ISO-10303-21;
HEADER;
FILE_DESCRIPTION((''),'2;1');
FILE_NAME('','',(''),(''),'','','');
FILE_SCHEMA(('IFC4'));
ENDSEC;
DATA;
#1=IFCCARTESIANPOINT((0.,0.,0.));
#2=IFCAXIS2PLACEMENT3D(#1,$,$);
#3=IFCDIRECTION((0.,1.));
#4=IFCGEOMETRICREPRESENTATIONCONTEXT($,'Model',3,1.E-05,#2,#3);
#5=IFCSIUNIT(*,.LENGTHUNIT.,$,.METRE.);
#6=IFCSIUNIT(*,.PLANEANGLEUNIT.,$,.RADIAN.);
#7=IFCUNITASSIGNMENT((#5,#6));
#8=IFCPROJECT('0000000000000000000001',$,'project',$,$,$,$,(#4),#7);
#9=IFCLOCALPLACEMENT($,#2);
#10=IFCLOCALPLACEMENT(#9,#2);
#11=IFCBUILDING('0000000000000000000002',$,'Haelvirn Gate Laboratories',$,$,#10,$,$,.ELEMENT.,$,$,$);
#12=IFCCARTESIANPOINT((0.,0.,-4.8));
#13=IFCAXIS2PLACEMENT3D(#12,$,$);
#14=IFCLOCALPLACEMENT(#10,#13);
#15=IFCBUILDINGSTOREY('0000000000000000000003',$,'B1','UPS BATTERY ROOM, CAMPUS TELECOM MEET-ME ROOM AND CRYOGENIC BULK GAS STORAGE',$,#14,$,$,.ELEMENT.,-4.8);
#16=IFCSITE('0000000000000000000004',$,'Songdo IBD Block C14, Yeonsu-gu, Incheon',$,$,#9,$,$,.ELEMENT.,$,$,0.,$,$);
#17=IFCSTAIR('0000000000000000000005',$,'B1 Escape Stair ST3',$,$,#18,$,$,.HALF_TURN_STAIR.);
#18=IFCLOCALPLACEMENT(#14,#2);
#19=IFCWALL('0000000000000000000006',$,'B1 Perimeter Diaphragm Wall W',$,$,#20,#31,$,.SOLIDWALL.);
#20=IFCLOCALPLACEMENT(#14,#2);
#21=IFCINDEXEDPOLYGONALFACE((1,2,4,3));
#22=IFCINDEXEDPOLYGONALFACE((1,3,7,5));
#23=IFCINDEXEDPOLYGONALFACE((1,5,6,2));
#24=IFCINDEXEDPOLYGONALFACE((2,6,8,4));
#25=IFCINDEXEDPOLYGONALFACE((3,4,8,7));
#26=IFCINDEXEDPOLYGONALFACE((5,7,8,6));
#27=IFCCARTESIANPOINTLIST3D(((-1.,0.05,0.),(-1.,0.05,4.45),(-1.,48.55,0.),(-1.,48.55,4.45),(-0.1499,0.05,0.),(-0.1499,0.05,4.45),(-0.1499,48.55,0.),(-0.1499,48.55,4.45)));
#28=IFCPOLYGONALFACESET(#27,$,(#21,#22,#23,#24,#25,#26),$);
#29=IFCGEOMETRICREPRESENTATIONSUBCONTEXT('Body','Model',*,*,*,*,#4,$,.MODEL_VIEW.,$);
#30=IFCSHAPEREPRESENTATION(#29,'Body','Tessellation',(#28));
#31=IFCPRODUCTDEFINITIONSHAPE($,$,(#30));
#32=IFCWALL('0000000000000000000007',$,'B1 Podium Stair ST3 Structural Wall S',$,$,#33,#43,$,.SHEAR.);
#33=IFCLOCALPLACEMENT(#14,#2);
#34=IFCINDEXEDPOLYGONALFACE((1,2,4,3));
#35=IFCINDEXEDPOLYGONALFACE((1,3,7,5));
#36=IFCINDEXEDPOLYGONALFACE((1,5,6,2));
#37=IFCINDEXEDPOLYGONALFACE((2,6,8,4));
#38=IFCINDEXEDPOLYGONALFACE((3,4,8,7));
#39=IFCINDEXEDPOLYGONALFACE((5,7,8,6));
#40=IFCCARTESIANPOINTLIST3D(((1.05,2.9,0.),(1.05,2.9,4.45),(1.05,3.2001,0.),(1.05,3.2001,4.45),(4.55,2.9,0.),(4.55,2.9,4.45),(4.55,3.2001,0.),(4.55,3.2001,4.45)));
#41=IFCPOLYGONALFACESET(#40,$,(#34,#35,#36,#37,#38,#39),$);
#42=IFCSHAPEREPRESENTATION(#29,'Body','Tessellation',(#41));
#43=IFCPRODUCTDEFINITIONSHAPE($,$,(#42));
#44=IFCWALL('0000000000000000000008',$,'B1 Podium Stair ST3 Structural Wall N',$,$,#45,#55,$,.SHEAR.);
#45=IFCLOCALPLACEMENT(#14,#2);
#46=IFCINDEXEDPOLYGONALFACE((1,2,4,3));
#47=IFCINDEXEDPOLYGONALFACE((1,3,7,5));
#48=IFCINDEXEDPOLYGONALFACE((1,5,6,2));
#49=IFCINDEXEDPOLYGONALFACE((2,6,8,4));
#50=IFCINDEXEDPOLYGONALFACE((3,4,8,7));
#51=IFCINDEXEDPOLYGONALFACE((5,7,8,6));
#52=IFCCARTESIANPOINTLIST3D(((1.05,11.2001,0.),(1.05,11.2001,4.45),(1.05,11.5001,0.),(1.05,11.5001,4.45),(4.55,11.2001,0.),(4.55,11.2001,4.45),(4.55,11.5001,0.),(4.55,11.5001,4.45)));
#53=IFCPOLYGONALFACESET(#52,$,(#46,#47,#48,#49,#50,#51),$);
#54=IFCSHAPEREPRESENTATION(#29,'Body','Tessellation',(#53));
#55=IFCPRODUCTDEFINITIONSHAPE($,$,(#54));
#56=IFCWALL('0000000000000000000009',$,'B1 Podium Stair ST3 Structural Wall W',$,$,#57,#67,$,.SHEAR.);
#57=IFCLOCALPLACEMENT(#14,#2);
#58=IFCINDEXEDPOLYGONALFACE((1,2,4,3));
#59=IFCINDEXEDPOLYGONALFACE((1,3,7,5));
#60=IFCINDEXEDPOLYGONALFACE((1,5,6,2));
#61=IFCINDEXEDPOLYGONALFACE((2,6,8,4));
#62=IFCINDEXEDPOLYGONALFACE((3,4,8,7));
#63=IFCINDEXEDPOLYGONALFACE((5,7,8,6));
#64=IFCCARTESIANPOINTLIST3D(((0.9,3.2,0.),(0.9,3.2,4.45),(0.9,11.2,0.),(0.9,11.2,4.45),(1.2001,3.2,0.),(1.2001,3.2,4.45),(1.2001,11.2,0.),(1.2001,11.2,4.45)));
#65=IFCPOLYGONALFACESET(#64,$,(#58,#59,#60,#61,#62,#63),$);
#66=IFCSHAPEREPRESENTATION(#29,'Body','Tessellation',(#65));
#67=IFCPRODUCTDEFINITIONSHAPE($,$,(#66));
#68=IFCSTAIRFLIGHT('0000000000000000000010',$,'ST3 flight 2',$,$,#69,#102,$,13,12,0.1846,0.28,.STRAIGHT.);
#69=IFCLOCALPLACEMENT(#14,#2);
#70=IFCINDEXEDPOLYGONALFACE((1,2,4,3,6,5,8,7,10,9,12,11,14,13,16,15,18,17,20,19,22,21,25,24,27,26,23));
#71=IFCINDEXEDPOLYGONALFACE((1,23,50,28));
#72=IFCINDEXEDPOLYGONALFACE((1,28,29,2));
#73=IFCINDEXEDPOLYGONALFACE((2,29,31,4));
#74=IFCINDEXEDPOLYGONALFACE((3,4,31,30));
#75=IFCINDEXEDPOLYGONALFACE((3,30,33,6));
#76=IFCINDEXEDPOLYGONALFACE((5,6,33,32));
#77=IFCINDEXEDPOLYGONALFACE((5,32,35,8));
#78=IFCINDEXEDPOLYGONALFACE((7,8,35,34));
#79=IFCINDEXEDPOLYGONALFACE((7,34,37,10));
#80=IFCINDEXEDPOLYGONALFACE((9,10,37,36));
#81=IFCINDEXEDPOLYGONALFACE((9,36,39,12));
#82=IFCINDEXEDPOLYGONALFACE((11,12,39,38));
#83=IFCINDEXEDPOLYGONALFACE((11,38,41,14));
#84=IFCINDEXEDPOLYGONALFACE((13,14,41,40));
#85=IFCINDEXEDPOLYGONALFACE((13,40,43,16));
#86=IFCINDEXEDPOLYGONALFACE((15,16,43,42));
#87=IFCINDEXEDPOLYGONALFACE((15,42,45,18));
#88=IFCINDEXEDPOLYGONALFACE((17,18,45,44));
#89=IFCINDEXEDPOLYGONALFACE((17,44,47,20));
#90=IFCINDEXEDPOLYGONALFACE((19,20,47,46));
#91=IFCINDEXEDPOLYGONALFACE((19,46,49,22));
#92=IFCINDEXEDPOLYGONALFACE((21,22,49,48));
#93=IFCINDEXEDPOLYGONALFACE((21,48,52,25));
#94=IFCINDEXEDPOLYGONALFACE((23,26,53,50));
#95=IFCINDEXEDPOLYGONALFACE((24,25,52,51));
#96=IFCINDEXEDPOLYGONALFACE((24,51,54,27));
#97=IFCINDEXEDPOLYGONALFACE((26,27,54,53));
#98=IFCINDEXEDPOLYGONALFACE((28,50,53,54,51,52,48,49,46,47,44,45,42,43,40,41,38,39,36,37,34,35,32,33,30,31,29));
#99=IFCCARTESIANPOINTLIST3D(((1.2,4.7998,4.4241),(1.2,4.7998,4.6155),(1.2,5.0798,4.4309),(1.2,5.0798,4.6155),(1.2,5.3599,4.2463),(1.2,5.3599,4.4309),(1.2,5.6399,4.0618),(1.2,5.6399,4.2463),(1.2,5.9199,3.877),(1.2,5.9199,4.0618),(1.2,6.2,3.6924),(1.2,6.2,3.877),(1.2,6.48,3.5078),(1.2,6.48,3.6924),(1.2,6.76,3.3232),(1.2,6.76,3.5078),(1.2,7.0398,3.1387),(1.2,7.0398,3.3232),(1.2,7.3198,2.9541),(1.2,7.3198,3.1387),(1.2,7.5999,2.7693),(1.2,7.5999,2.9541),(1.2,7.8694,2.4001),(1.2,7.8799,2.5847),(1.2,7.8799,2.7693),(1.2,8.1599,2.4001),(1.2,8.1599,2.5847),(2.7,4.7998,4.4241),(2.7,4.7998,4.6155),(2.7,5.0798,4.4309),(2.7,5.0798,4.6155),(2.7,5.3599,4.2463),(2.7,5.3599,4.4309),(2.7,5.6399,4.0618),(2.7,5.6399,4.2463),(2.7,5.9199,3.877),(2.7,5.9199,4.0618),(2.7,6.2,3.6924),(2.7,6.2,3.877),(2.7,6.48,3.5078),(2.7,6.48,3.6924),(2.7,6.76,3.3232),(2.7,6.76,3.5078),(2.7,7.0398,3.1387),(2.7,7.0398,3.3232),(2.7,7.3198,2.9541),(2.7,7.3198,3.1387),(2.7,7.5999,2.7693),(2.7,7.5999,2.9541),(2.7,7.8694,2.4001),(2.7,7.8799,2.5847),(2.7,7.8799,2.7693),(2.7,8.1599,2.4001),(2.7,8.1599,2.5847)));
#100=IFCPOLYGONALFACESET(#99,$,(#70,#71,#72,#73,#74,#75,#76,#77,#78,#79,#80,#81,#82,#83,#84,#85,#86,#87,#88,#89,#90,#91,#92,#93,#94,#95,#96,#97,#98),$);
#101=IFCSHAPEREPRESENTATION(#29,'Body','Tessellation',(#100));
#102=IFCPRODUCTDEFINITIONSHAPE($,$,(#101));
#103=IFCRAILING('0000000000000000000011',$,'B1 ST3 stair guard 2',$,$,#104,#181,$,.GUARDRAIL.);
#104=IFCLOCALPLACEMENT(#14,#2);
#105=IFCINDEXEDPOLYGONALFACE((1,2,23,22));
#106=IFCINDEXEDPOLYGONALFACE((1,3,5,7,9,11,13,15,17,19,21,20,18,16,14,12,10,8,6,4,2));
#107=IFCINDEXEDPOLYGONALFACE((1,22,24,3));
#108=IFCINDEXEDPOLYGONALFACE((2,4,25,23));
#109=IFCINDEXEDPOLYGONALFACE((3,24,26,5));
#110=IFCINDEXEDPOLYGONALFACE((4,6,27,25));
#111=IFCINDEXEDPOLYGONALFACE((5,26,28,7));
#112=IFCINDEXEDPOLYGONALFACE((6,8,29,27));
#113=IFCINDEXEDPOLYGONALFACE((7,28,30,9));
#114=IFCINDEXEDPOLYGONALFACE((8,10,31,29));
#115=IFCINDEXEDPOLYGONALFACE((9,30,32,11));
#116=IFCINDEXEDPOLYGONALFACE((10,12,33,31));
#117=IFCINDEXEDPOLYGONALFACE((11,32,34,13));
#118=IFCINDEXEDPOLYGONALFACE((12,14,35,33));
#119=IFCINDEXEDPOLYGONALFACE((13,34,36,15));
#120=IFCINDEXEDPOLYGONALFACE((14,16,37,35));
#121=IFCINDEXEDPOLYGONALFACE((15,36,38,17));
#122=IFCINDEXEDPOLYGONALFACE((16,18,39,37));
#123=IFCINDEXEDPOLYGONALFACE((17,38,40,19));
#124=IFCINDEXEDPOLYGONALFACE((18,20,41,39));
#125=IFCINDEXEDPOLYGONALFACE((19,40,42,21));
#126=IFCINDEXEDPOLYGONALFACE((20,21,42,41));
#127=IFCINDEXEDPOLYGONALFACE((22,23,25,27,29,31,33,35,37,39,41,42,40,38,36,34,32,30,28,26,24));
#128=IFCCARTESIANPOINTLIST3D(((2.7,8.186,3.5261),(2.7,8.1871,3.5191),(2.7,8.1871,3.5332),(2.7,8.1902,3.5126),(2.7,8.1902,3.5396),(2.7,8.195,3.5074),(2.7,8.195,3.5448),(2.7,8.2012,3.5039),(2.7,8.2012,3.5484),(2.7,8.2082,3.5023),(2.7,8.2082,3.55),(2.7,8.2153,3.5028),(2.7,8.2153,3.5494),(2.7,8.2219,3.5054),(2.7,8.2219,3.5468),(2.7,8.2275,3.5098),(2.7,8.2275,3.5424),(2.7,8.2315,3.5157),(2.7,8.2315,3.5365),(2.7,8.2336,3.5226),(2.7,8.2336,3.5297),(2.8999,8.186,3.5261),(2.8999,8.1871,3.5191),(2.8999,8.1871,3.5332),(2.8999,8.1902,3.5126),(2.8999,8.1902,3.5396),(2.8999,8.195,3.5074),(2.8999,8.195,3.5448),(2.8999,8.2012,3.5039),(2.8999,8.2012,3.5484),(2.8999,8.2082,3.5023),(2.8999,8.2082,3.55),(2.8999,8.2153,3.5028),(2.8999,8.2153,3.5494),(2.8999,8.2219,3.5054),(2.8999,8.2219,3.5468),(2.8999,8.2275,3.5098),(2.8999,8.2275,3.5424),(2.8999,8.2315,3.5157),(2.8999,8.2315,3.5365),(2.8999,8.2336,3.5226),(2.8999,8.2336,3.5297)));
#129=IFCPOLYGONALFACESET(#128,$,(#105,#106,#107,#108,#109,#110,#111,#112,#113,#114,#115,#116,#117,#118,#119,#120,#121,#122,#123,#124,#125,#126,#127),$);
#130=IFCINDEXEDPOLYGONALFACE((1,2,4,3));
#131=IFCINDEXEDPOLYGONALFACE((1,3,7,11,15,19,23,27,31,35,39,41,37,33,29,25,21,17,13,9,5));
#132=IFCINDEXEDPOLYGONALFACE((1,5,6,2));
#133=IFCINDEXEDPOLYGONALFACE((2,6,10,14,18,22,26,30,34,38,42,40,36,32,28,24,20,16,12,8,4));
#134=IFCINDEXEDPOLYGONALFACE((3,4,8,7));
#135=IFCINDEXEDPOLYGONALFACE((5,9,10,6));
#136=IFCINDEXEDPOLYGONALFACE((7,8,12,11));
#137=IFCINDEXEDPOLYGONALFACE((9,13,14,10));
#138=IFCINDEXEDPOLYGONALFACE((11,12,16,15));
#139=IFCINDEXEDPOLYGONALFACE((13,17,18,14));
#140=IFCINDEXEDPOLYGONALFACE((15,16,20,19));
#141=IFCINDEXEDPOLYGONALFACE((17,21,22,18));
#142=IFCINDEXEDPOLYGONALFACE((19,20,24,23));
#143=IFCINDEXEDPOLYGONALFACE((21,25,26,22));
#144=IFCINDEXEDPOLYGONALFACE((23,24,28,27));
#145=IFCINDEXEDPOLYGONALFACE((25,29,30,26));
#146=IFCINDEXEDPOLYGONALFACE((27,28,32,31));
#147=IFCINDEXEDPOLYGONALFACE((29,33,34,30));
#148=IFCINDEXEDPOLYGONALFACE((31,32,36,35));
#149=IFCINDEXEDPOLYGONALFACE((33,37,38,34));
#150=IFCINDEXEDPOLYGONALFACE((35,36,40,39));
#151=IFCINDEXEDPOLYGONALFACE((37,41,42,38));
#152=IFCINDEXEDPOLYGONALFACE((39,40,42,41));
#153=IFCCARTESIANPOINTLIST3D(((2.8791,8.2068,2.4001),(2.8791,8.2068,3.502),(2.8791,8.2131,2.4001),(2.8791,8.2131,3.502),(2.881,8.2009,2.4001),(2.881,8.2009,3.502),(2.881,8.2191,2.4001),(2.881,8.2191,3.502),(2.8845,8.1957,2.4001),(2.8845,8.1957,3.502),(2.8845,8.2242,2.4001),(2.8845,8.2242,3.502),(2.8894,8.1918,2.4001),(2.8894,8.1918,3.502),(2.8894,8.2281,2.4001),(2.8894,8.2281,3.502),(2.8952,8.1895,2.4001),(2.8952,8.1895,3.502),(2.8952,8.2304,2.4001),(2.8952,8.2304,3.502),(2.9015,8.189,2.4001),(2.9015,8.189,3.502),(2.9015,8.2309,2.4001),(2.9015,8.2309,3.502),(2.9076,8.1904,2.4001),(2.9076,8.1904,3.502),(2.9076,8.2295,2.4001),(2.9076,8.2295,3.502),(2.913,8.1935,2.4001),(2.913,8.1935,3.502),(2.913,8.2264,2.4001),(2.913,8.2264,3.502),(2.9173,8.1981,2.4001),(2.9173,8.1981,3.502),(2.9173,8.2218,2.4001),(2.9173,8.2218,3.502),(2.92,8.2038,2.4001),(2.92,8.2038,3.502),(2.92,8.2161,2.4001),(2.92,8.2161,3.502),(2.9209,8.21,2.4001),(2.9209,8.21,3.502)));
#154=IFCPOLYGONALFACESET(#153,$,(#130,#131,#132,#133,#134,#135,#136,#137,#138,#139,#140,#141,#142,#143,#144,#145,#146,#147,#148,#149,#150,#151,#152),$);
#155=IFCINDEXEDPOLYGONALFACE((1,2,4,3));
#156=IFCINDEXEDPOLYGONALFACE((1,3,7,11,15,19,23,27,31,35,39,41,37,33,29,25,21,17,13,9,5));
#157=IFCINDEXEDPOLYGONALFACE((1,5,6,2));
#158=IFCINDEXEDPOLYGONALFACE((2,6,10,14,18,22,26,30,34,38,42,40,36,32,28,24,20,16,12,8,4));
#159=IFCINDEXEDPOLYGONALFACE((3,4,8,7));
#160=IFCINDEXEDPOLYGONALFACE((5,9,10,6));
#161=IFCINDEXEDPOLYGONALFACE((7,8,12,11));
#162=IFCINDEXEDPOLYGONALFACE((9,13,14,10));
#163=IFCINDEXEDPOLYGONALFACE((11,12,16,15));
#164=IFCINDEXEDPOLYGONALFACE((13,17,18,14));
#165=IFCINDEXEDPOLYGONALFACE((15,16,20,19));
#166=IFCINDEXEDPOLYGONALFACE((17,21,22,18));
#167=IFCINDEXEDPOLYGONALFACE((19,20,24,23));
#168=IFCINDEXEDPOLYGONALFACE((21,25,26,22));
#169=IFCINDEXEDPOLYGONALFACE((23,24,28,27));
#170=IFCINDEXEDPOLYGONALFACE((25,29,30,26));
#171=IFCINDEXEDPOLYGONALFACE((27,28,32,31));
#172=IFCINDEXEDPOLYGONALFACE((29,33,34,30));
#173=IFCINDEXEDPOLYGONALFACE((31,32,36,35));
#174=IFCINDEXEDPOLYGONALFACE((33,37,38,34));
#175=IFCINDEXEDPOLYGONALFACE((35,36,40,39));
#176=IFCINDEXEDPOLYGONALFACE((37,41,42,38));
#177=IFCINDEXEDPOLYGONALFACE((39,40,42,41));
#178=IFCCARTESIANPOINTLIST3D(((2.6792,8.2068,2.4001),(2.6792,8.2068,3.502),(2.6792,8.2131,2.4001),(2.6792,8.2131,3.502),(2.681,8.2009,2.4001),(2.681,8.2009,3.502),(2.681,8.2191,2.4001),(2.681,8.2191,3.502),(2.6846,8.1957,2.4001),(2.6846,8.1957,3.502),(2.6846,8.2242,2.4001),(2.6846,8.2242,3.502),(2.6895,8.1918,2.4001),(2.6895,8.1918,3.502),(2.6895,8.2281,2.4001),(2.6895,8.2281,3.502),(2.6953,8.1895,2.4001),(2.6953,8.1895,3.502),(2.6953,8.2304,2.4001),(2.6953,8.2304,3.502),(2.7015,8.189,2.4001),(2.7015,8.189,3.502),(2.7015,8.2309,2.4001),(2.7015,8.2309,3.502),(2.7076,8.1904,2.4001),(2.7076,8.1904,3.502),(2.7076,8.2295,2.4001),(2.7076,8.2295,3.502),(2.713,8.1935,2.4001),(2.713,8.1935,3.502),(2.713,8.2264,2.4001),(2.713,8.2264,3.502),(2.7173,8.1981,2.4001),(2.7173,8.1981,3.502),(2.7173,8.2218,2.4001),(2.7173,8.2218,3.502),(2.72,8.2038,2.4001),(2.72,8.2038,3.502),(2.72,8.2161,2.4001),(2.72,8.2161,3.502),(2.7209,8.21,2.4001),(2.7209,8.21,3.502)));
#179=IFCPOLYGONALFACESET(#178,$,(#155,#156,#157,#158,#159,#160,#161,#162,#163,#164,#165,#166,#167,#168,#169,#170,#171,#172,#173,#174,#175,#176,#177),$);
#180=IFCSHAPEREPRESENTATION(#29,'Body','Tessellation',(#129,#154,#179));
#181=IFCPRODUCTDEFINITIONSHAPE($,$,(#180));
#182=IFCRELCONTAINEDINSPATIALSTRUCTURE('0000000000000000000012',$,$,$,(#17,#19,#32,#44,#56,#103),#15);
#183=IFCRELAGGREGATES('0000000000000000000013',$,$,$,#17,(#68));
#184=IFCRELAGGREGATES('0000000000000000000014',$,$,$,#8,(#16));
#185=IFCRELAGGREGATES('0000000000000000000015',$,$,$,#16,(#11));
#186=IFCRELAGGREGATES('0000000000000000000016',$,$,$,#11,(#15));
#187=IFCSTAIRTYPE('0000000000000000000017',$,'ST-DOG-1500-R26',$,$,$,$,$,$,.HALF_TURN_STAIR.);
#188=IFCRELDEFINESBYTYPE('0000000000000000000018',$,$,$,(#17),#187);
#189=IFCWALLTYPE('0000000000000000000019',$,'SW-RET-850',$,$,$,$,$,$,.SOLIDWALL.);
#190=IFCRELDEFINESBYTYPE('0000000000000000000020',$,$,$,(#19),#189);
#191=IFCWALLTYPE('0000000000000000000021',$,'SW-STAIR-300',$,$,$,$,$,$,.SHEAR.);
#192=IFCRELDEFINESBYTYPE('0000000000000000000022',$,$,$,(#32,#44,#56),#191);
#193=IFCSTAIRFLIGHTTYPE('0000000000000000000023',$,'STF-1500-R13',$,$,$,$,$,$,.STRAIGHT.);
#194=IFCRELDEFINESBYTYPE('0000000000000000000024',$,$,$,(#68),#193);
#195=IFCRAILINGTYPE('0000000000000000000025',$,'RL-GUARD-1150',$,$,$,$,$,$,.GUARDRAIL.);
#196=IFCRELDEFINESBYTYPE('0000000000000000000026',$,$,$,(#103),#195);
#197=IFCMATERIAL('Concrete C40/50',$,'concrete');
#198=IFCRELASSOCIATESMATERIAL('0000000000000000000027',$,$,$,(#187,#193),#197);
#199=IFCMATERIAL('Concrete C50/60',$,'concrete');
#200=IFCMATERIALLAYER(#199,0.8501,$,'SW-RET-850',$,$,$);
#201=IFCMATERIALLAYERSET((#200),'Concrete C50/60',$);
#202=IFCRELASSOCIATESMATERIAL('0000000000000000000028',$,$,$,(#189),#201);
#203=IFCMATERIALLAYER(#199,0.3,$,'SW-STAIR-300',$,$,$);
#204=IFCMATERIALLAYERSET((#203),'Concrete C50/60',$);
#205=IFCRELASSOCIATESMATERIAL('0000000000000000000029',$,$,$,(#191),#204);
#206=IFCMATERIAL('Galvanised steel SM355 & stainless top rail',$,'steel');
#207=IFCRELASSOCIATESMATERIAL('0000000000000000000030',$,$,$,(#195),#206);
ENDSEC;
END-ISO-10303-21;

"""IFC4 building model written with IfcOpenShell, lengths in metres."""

from ifc_helpers import new_model, si_unit, direction, frame, frame_2d, origin, origin_2d, place, context, subcontext, project, spatial, polyline, rectangle, circle, outline, extrude, source, transform, mapped, material, layer, layer_set, type_object, type_shapes, element, aggregate, save


model = new_model("IFC4")

# Units and contexts
model_context = context("Model", 3, precision=1e-05, world=origin(), true_north=direction((0.0, 1.0)))
body_context = subcontext(model_context, "Body", "Model", "MODEL_VIEW")
ifc_project = project(units=[si_unit("LENGTHUNIT", "METRE"), si_unit("PLANEANGLEUNIT", "RADIAN")], contexts=[model_context])

# Site, building, storey
site_placement = place(None, origin())
site = spatial("IfcSite", under=ifc_project, at=site_placement, Name="Songdo IBD Block C14, Yeonsu-gu, Incheon", CompositionType="ELEMENT", RefElevation=0.0)
building_placement = place(site_placement, origin())
building = spatial("IfcBuilding", under=site, at=building_placement, Name="Haelvirn Gate Laboratories", CompositionType="ELEMENT")
storey_placement = place(building_placement, frame((0.0, 0.0, -4.8)))
storey = spatial("IfcBuildingStorey", under=building, at=storey_placement, Name="B1", Description="UPS BATTERY ROOM, CAMPUS TELECOM MEET-ME ROOM AND CRYOGENIC BULK GAS STORAGE", CompositionType="ELEMENT", Elevation=-4.8)

# Stair
ifc_material_1 = material(Name="Concrete C40/50", Category="concrete")
stair_type_1 = type_object("IfcStairType", Name="ST-DOG-1500-R26", PredefinedType="HALF_TURN_STAIR", material=ifc_material_1)
stair_1_placement = place(storey_placement, origin())
stair_1 = element("IfcStair", 1, at=stair_1_placement, inside=storey, type_object=stair_type_1, Name="B1 Escape Stair ST3", PredefinedType="HALF_TURN_STAIR")

# Shared definitions
ifc_material_2 = material(Name="Concrete C50/60", Category="concrete")

# Walls
ifc_layer_1 = layer(ifc_material_2, 0.8501, Name="SW-RET-850")
ifc_layer_set_1 = layer_set([ifc_layer_1], Name="Concrete C50/60")
wall_type_1 = type_object("IfcWallType", Name="SW-RET-850", PredefinedType="SOLIDWALL", material=ifc_layer_set_1)
wall_1_placement = place(storey_placement, frame((-0.575, 0.05, 0.0), z_axis=(0.0, 0.0, 1.0), x_axis=(0.0, 1.0, 0.0)))
element("IfcWall", 2, at=wall_1_placement, inside=storey, type_object=wall_type_1, Name="B1 Perimeter Diaphragm Wall W", PredefinedType="SOLIDWALL", context=body_context, shape_type="SweptSolid", body=[
    extrude(rectangle(XDim=48.5, YDim=0.8501, at=frame_2d((24.25, 0.0))), origin(), (0.0, 0.0, 1.0), 4.45),
])
ifc_layer_2 = layer(ifc_material_2, 0.3, Name="SW-STAIR-300")
ifc_layer_set_2 = layer_set([ifc_layer_2], Name="Concrete C50/60")
wall_type_2 = type_object("IfcWallType", Name="SW-STAIR-300", PredefinedType="SHEAR", material=ifc_layer_set_2)
for number, where, z_axis, x_axis, name in (
    (3, (1.05, 3.05, 0.0), (0.0, 0.0, 1.0), (1.0, 0.0, 0.0), "B1 Podium Stair ST3 Structural Wall S"),
    (4, (1.05, 11.3501, 0.0), (0.0, 0.0, 1.0), (1.0, 0.0, 0.0), "B1 Podium Stair ST3 Structural Wall N"),
):
    element("IfcWall", number, at=place(storey_placement, frame(where, z_axis=z_axis, x_axis=x_axis)), inside=storey, type_object=wall_type_2, Name=name, PredefinedType="SHEAR", context=body_context, shape_type="SweptSolid", body=[
        extrude(rectangle(XDim=3.5, YDim=0.3, at=frame_2d((1.75, 0.0))), origin(), (0.0, 0.0, 1.0), 4.45),
    ])
wall_2_placement = place(storey_placement, frame((1.05, 3.2, 0.0), z_axis=(0.0, 0.0, 1.0), x_axis=(0.0, 1.0, 0.0)))
element("IfcWall", 5, at=wall_2_placement, inside=storey, type_object=wall_type_2, Name="B1 Podium Stair ST3 Structural Wall W", PredefinedType="SHEAR", context=body_context, shape_type="SweptSolid", body=[
    extrude(rectangle(XDim=8.0, YDim=0.3, at=frame_2d((4.0, 0.0))), origin(), (0.0, 0.0, 1.0), 4.45),
])

# Stair flight
stair_flight_type = type_object("IfcStairFlightType", Name="STF-1500-R13", PredefinedType="STRAIGHT", material=ifc_material_1)
shared_shape_1 = source(origin(), body_context, "Body", "SweptSolid", [
    extrude(outline(polyline([(0.0, 0.0), (0.0, 0.1846), (0.28, 0.1846), (0.28, 0.3691), (0.5601, 0.3691), (0.5601, 0.554), (0.8401, 0.554), (0.8401, 0.7385), (1.1201, 0.7385), (1.1201, 0.9231), (1.3999, 0.9231), (1.3999, 1.1077), (1.6799, 1.1077), (1.6799, 1.2922), (1.96, 1.2922), (1.96, 1.4768), (2.24, 1.4768), (2.24, 1.6616), (2.52, 1.6616), (2.52, 1.8462), (2.8, 1.8462), (2.8, 2.0308), (3.0801, 2.0308), (3.0801, 2.2153), (3.3601, 2.2153), (3.3601, 2.3999), (3.3601, 2.0239), (0.2905, 0.0), (0.0, 0.0)])), frame((0.0, 0.75, 0.0), z_axis=(0.0, -1.0, 0.0), x_axis=(1.0, 0.0, 0.0)), (0.0, 0.0, 1.0), 1.5),
])
type_shapes(stair_flight_type, [shared_shape_1])
stair_flight_placement = place(storey_placement, frame((1.95, 8.1599, 2.4001), z_axis=(0.0, 0.0, 1.0), x_axis=(0.0, -1.0, 0.0)))
stair_flight = element("IfcStairFlight", 6, at=stair_flight_placement, type_object=stair_flight_type, Name="ST3 flight 2", NumberOfRisers=13, NumberOfTreads=12, PredefinedType="STRAIGHT", RiserHeight=0.1846, TreadLength=0.28, context=body_context, shape_type="MappedRepresentation", body=[
    mapped(shared_shape_1, transform((0.0, 0.0, 0.0), scale=1.0)),
])
aggregate(stair_1, [stair_flight])

# Railing
ifc_material_3 = material(Name="Galvanised steel SM355 & stainless top rail", Category="steel")
railing_type_1 = type_object("IfcRailingType", Name="RL-GUARD-1150", PredefinedType="GUARDRAIL", material=ifc_material_3)
shared_shape_2 = source(origin(), body_context, "Body", "SweptSolid", [
    extrude(circle(Radius=0.0239, at=origin_2d()), frame((0.0, 0.0, 1.126), z_axis=(-1.0, 0.0, 0.0), x_axis=(0.0, -1.0, 0.0)), (0.0, 0.0, 1.0), 0.2),
    extrude(circle(Radius=0.021, at=origin_2d()), origin(), (0.0, 0.0, 1.0), 1.1018),
    extrude(circle(Radius=0.021, at=origin_2d()), frame((-0.2, 0.0, 0.0)), (0.0, 0.0, 1.0), 1.1018),
])
for number, where, name in (
    (7, (2.8999, 8.21, 2.4001), "B1 ST3 stair guard 2"),
):
    element("IfcRailing", number, at=place(storey_placement, frame(where)), inside=storey, type_object=railing_type_1, Name=name, PredefinedType="GUARDRAIL", context=body_context, shape_type="MappedRepresentation", body=[
        mapped(shared_shape_2, transform((0.0, 0.0, 0.0), scale=1.0)),
    ])

save(model, "model.ifc")
